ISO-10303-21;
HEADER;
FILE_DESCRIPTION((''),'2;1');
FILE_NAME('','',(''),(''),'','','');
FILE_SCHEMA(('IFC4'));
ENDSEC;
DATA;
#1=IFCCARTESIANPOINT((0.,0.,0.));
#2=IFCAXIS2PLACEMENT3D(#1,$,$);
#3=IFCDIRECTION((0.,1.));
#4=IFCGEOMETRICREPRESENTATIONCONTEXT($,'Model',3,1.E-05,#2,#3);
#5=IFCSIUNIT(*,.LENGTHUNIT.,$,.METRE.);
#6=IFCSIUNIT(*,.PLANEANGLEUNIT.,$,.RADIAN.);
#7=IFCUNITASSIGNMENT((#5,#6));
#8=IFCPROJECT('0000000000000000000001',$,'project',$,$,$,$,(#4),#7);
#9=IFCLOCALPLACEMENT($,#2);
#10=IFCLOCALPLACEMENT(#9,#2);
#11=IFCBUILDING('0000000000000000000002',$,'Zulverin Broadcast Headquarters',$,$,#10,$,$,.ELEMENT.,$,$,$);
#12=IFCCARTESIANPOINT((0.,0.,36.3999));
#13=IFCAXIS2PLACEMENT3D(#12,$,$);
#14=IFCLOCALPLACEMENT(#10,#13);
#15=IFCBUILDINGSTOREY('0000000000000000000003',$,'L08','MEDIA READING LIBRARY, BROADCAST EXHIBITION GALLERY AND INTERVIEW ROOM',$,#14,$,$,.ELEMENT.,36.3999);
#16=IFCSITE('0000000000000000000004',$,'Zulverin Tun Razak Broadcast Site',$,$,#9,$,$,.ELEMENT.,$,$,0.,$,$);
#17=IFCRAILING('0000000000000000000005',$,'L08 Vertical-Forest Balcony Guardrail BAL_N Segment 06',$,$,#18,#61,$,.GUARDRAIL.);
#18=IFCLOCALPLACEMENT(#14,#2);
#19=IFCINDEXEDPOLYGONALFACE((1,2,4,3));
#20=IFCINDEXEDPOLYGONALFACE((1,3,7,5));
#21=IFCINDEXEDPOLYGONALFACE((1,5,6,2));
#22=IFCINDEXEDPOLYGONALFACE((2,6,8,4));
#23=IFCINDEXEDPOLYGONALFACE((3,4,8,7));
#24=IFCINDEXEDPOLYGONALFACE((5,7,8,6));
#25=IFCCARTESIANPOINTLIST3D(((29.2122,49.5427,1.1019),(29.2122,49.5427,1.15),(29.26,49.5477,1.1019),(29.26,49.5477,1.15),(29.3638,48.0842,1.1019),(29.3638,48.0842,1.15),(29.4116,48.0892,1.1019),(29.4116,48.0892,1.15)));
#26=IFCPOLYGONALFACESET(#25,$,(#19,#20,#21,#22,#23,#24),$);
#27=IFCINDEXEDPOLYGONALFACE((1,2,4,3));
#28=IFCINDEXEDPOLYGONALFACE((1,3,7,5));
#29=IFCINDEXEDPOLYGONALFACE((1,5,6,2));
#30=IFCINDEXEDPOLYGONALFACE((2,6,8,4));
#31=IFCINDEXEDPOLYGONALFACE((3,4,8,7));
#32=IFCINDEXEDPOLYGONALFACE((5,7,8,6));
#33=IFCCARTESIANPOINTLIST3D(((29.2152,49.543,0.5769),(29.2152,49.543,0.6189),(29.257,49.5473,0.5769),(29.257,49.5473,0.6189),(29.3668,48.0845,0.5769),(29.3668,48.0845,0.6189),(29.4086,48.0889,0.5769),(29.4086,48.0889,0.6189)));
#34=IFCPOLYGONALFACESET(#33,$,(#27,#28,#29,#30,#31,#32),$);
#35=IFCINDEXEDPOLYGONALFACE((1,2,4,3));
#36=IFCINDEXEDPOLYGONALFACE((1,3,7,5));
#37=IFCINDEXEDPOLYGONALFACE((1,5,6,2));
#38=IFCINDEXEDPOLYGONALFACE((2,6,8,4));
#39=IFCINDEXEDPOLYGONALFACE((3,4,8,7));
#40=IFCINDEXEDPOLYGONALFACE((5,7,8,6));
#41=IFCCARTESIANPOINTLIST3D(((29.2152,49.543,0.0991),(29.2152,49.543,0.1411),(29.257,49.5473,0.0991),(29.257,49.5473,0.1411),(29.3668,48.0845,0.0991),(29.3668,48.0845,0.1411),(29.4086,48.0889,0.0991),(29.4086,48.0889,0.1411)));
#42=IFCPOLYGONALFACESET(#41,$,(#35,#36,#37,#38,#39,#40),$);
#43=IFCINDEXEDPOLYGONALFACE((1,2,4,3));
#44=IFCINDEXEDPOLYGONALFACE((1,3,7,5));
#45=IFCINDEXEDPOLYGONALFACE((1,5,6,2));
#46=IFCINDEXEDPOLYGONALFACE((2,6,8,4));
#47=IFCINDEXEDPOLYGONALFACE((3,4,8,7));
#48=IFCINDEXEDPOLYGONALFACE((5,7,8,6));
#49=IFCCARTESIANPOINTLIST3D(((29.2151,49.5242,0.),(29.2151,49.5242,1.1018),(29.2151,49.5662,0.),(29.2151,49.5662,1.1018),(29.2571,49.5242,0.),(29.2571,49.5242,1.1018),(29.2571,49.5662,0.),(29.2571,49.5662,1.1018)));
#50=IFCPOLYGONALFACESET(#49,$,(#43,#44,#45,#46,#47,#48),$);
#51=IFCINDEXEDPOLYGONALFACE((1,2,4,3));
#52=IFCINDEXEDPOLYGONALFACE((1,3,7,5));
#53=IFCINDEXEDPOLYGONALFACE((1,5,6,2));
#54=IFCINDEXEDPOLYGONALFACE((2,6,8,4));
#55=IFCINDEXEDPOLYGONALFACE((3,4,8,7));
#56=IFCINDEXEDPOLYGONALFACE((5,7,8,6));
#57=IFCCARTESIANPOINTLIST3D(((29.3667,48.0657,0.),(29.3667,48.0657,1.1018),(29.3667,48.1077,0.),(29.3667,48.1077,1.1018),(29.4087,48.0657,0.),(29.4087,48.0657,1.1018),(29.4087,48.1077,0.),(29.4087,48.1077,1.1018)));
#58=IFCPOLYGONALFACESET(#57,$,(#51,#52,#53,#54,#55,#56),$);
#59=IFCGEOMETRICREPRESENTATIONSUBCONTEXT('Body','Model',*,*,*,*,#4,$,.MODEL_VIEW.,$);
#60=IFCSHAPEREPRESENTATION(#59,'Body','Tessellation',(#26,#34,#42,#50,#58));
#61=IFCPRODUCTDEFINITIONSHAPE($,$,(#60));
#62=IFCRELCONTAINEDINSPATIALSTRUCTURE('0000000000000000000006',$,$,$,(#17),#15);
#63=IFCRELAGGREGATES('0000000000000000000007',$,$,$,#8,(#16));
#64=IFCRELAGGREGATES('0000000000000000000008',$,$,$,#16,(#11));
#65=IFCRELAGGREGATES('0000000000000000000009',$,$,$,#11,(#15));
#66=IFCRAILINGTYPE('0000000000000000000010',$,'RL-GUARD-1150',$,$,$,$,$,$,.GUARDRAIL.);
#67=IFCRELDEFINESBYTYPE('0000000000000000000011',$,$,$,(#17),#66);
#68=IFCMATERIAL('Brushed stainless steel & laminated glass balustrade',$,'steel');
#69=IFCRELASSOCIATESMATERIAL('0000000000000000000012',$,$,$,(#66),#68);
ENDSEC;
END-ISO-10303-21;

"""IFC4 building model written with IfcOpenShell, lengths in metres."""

from ifc_helpers import new_model, si_unit, direction, frame, origin, origin_2d, place, context, subcontext, project, spatial, rectangle, extrude, material, type_object, element, save


model = new_model("IFC4")

# Units and contexts
model_context = context("Model", 3, precision=1e-05, world=origin(), true_north=direction((0.0, 1.0)))
body_context = subcontext(model_context, "Body", "Model", "MODEL_VIEW")
ifc_project = project(units=[si_unit("LENGTHUNIT", "METRE"), si_unit("PLANEANGLEUNIT", "RADIAN")], contexts=[model_context])

# Site, building, storey
site_placement = place(None, origin())
site = spatial("IfcSite", under=ifc_project, at=site_placement, Name="Zulverin Tun Razak Broadcast Site", CompositionType="ELEMENT", RefElevation=0.0)
building_placement = place(site_placement, origin())
building = spatial("IfcBuilding", under=site, at=building_placement, Name="Zulverin Broadcast Headquarters", CompositionType="ELEMENT")
storey_placement = place(building_placement, frame((0.0, 0.0, 36.3999)))
storey = spatial("IfcBuildingStorey", under=building, at=storey_placement, Name="L08", Description="MEDIA READING LIBRARY, BROADCAST EXHIBITION GALLERY AND INTERVIEW ROOM", CompositionType="ELEMENT", Elevation=36.3999)

# Railing
ifc_material_1 = material(Name="Brushed stainless steel & laminated glass balustrade", Category="steel")
railing_type = type_object("IfcRailingType", Name="RL-GUARD-1150", PredefinedType="GUARDRAIL", material=ifc_material_1)
railing_1_placement = place(storey_placement, frame((29.2361, 49.5452, 0.0)))
element("IfcRailing", 1, at=railing_1_placement, inside=storey, type_object=railing_type, Name="L08 Vertical-Forest Balcony Guardrail BAL_N Segment 06", PredefinedType="GUARDRAIL", context=body_context, shape_type="SweptSolid", body=[
    extrude(rectangle(XDim=0.0481, YDim=0.0481, at=origin_2d()), frame((0.0, 0.0, 1.126), z_axis=(0.103393, -0.994641, 0.0), x_axis=(0.994641, 0.103393, 0.0)), (0.0, 0.0, 1.0), 1.4663),
    extrude(rectangle(XDim=0.042, YDim=0.042, at=origin_2d()), frame((0.0, 0.0, 0.5979), z_axis=(0.103393, -0.994641, 0.0), x_axis=(0.994641, 0.103393, 0.0)), (0.0, 0.0, 1.0), 1.4663),
    extrude(rectangle(XDim=0.042, YDim=0.042, at=origin_2d()), frame((0.0, 0.0, 0.1201), z_axis=(0.103393, -0.994641, 0.0), x_axis=(0.994641, 0.103393, 0.0)), (0.0, 0.0, 1.0), 1.4663),
    extrude(rectangle(XDim=0.042, YDim=0.042, at=origin_2d()), origin(), (0.0, 0.0, 1.0), 1.1018),
    extrude(rectangle(XDim=0.042, YDim=0.042, at=origin_2d()), frame((0.1516, -1.4585, 0.0)), (0.0, 0.0, 1.0), 1.1018),
])

save(model, "model.ifc")
